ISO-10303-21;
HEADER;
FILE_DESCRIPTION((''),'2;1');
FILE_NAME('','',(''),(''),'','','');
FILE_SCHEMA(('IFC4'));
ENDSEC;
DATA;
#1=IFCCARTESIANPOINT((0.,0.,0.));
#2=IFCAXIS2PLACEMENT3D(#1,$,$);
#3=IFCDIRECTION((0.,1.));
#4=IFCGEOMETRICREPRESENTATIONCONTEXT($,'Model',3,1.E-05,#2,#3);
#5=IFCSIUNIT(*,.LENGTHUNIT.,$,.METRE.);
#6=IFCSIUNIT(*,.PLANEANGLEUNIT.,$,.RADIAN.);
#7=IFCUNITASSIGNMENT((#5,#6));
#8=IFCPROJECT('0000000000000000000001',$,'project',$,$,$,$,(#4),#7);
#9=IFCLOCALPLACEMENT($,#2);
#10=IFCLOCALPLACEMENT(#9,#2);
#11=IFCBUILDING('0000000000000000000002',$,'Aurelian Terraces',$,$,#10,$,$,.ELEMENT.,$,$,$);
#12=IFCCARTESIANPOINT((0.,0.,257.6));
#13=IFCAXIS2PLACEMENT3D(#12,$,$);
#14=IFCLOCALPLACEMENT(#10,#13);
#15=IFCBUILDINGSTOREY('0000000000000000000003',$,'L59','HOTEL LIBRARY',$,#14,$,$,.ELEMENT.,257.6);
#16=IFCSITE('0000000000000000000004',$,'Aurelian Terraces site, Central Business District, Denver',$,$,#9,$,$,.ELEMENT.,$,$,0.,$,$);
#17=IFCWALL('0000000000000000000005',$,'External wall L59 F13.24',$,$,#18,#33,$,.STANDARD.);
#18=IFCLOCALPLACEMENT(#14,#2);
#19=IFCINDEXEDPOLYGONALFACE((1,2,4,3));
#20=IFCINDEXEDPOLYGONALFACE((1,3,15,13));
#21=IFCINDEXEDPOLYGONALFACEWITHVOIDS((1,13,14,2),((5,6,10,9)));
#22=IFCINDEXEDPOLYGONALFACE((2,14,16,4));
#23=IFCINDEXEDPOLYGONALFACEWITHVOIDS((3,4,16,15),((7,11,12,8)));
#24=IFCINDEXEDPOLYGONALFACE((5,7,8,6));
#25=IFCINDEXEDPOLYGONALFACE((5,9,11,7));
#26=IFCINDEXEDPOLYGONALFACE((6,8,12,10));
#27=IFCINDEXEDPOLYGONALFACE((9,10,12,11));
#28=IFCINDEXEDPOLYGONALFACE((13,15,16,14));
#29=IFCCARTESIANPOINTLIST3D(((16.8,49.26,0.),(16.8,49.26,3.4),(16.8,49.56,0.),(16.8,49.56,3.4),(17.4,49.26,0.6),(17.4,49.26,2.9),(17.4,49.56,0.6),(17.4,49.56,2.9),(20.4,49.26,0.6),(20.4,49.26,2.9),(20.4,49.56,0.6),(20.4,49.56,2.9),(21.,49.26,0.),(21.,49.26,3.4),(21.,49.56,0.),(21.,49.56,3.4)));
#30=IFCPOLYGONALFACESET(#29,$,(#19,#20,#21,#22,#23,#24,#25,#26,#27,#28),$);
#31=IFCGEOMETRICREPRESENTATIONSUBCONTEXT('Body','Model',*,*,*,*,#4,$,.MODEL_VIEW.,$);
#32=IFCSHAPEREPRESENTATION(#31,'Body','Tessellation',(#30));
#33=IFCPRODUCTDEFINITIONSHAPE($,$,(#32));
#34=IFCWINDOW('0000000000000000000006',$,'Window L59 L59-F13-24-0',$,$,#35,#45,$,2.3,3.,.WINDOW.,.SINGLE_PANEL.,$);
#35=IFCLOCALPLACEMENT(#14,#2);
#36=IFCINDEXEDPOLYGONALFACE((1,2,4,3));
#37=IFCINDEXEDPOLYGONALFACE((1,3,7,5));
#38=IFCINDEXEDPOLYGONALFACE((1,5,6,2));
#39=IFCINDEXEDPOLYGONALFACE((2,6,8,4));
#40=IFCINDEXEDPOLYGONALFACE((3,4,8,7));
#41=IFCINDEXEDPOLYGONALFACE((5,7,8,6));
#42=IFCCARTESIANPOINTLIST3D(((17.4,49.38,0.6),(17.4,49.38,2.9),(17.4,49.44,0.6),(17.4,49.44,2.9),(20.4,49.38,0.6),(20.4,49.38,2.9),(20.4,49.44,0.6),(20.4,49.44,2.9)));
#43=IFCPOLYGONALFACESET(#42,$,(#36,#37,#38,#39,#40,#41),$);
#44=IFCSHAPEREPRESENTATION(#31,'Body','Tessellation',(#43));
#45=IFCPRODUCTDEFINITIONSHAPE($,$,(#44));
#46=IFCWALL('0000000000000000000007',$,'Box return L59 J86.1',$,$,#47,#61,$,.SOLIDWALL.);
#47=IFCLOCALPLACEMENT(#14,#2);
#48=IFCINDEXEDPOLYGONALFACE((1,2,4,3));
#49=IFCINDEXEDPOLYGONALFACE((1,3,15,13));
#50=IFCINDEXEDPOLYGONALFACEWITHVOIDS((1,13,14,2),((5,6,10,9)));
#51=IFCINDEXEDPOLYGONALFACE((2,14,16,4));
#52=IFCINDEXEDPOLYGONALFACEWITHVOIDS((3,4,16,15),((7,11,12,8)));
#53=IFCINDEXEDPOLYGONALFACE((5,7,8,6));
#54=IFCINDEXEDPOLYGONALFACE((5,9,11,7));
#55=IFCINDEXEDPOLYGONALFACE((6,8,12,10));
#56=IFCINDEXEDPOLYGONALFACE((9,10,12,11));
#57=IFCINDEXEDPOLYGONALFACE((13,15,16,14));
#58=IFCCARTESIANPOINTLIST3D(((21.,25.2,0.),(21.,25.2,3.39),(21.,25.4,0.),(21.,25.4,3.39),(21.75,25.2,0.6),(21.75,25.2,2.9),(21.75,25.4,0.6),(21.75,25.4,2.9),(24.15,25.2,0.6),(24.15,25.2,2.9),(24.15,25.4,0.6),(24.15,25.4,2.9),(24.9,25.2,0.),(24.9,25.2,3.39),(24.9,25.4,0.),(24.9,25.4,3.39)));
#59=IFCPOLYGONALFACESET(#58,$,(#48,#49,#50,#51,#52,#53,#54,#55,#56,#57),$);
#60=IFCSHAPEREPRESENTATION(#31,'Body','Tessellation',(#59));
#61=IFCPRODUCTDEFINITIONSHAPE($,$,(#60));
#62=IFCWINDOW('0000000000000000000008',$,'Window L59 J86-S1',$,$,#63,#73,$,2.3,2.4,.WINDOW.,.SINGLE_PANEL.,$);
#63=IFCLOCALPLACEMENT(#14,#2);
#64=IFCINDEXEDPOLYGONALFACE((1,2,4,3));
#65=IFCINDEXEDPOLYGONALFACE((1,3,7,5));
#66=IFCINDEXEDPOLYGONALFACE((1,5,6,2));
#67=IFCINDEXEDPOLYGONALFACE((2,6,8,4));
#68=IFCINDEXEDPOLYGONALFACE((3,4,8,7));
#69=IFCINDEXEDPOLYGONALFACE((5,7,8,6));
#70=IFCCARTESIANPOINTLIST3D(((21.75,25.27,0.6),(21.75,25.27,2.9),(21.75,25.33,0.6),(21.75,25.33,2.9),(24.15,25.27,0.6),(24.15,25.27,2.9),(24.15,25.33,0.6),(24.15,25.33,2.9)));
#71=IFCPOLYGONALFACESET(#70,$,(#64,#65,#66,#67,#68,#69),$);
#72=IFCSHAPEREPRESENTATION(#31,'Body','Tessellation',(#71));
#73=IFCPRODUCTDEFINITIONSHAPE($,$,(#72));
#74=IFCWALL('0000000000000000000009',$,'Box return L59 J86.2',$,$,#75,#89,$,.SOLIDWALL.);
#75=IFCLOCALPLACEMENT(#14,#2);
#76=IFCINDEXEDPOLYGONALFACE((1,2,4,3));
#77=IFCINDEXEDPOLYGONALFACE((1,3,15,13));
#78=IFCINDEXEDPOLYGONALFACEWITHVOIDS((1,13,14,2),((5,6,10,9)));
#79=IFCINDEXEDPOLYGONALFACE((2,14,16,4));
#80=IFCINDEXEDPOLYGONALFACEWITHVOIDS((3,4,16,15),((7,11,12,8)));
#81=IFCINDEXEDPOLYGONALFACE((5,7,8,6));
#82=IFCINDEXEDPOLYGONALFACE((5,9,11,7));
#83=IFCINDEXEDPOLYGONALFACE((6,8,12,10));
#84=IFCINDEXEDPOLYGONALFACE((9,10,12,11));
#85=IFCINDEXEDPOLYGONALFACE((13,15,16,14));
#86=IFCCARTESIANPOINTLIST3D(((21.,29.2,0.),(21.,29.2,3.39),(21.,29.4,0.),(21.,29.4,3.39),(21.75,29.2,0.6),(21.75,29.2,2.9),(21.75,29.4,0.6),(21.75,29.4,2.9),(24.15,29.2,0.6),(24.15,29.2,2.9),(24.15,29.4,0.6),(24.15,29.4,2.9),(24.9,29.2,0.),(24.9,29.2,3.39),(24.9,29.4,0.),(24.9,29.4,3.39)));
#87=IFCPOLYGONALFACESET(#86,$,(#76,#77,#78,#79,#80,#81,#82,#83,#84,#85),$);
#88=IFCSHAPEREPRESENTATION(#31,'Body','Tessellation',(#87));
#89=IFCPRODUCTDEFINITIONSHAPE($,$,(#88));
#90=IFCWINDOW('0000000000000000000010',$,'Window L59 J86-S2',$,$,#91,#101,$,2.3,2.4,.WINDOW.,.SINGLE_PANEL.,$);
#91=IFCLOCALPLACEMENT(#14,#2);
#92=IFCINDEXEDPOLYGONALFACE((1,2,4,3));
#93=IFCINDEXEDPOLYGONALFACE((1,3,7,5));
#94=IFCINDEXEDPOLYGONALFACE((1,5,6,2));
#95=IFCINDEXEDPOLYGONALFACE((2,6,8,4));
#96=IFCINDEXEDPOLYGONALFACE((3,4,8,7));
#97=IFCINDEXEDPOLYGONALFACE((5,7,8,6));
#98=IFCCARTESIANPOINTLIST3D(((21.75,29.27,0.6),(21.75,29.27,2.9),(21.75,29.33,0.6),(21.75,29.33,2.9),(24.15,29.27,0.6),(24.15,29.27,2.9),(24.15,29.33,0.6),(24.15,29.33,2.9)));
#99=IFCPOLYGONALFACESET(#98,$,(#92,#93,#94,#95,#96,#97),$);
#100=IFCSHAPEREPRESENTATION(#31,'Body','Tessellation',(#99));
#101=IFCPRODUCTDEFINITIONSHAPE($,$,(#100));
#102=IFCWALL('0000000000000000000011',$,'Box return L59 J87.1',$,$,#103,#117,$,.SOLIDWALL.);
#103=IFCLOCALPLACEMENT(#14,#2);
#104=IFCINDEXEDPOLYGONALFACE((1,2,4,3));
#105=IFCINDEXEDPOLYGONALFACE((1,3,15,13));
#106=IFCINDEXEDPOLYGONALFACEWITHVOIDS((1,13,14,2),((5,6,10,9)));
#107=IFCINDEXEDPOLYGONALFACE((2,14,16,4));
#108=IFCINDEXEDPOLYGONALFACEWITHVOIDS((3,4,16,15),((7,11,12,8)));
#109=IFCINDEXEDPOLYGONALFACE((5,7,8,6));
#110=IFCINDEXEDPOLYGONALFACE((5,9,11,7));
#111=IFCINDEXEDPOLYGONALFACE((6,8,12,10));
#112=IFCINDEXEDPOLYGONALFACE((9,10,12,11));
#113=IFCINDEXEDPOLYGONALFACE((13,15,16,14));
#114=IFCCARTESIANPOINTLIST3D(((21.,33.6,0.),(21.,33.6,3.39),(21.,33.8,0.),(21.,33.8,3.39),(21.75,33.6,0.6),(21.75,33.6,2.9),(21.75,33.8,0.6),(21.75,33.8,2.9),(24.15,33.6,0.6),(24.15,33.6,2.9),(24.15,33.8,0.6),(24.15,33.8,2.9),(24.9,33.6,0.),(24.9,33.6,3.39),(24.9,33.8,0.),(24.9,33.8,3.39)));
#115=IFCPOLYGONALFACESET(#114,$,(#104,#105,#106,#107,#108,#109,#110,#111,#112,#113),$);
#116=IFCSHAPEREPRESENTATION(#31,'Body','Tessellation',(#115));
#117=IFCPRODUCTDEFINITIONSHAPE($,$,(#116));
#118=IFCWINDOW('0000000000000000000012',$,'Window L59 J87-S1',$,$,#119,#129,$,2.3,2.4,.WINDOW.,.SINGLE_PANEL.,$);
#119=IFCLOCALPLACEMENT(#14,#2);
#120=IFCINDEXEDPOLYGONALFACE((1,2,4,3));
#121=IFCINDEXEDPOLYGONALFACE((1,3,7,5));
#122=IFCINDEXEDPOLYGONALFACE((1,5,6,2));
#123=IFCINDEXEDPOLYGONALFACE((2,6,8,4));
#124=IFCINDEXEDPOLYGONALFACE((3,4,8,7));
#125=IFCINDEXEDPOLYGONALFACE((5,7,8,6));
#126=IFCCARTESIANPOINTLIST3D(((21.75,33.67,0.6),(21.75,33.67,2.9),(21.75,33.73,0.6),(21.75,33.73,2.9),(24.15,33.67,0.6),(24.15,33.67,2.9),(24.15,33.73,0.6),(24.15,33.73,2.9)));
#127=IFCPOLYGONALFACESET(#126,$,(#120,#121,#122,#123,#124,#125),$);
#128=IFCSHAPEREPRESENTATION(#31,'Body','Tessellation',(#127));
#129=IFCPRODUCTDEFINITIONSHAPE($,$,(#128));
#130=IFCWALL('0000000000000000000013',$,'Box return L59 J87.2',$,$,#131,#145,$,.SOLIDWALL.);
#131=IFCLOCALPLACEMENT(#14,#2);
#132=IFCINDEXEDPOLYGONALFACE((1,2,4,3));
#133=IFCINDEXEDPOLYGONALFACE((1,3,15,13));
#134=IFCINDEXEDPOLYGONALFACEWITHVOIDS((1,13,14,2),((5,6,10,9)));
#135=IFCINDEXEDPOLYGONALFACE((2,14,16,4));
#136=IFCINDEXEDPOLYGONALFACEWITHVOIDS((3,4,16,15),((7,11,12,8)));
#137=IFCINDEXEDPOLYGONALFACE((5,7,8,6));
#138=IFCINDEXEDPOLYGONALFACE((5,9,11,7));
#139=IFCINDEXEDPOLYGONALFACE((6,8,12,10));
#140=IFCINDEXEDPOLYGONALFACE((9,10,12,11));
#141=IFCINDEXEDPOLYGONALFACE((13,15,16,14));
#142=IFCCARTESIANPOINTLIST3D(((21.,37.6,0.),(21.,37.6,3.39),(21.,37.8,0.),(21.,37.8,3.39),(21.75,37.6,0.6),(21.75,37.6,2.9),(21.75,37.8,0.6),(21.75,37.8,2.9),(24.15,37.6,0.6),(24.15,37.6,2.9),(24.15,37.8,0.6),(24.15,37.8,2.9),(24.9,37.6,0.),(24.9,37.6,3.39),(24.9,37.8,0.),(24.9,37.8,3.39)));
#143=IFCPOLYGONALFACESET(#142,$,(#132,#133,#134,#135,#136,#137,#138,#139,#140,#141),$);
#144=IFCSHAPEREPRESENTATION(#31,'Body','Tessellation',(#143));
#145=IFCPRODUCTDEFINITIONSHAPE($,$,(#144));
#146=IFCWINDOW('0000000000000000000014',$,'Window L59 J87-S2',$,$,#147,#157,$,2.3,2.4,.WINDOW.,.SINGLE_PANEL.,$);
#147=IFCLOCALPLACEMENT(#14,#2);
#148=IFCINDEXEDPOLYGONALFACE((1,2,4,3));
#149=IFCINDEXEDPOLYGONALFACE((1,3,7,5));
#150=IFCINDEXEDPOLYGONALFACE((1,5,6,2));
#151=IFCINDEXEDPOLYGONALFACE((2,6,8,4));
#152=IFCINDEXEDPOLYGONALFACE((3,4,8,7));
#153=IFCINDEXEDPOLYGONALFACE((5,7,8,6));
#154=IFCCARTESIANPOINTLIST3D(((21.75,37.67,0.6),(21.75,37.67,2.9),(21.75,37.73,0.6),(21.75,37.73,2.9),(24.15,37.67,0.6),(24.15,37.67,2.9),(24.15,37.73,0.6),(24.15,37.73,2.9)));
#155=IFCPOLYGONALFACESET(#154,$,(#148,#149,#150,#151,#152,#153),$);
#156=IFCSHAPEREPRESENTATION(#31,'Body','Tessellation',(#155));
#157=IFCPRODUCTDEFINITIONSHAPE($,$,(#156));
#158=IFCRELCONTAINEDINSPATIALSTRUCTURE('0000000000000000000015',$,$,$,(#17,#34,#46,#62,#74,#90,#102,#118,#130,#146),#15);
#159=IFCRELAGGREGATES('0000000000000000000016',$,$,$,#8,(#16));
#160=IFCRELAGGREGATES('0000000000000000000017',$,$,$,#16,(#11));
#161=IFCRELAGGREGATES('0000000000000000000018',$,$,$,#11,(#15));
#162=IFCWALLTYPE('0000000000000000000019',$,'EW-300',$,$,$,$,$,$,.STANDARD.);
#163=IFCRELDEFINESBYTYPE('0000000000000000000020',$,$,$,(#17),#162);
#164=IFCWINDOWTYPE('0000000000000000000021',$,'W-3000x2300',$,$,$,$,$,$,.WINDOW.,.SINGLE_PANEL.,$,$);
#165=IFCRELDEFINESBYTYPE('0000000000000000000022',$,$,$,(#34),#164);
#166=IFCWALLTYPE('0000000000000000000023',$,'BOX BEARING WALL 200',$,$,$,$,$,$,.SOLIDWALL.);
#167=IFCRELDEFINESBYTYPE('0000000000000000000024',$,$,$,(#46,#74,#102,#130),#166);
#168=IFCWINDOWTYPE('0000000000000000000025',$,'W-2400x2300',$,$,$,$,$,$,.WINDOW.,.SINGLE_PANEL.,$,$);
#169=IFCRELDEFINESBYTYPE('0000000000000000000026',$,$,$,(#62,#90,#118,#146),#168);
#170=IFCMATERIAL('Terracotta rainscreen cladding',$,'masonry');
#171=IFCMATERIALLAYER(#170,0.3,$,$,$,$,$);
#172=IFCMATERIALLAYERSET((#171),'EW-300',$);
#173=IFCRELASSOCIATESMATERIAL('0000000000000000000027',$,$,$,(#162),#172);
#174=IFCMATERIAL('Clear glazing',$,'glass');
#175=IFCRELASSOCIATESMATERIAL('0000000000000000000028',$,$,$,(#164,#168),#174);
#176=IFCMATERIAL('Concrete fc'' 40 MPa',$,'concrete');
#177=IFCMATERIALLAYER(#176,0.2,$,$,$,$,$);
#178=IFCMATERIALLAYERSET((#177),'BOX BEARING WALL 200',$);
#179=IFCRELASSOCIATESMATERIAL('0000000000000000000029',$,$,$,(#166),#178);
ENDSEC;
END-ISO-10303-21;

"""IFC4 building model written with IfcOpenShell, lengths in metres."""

from ifc_helpers import new_model, si_unit, direction, frame, frame_2d, origin, place, context, subcontext, project, spatial, rectangle, extrude, source, transform, mapped, material, layer, layer_set, type_object, element, fill, save


model = new_model("IFC4")

# Units and contexts
model_context = context("Model", 3, precision=1e-05, world=origin(), true_north=direction((0.0, 1.0)))
body_context = subcontext(model_context, "Body", "Model", "MODEL_VIEW")
ifc_project = project(units=[si_unit("LENGTHUNIT", "METRE"), si_unit("PLANEANGLEUNIT", "RADIAN")], contexts=[model_context])

# Site, building, storey
site_placement = place(None, origin())
site = spatial("IfcSite", under=ifc_project, at=site_placement, Name="Aurelian Terraces site, Central Business District, Denver", CompositionType="ELEMENT", RefElevation=0.0)
building_placement = place(site_placement, origin())
building = spatial("IfcBuilding", under=site, at=building_placement, Name="Aurelian Terraces", CompositionType="ELEMENT")
storey_placement = place(building_placement, frame((0.0, 0.0, 257.6)))
storey = spatial("IfcBuildingStorey", under=building, at=storey_placement, Name="L59", Description="HOTEL LIBRARY", CompositionType="ELEMENT", Elevation=257.6)

# Walls, openings, windows
ifc_material_1 = material(Name="Terracotta rainscreen cladding", Category="masonry")
ifc_layer_1 = layer(ifc_material_1, 0.3)
ifc_layer_set_1 = layer_set([ifc_layer_1], Name="EW-300")
wall_type_1 = type_object("IfcWallType", Name="EW-300", PredefinedType="STANDARD", material=ifc_layer_set_1)
shared_shape_1 = source(origin(), body_context, "Body", "SweptSolid", [
    extrude(rectangle(XDim=4.2, YDim=0.3, at=frame_2d((2.1, 0.0))), origin(), (0.0, 0.0, 1.0), 3.4),
])
wall_1_placement = place(storey_placement, frame((21.0, 49.41, 0.0), z_axis=(0.0, 0.0, 1.0), x_axis=(-1.0, 0.0, 0.0)))
wall_1 = element("IfcWall", 1, at=wall_1_placement, inside=storey, type_object=wall_type_1, Name="External wall L59 F13.24", PredefinedType="STANDARD", context=body_context, shape_type="MappedRepresentation", body=[
    mapped(shared_shape_1, transform((0.0, 0.0, 0.0), scale=1.0)),
])
shared_shape_2 = source(origin(), body_context, "Body", "SweptSolid", [
    extrude(rectangle(XDim=3.0, YDim=2.3, at=frame_2d((1.5, 1.15))), frame((0.0, 0.16, 0.0), z_axis=(0.0, -1.0, 0.0), x_axis=(1.0, 0.0, 0.0)), (0.0, 0.0, 1.0), 0.32),
])
opening_1_placement = place(wall_1_placement, frame((0.6, 0.0, 0.6)))
opening_1 = element("IfcOpeningElement", 2, at=opening_1_placement, cuts=wall_1, PredefinedType="OPENING", context=body_context, shape_type="MappedRepresentation", body=[
    mapped(shared_shape_2, transform((0.0, 0.0, 0.0), scale=1.0)),
])
ifc_material_2 = material(Name="Clear glazing", Category="glass")
window_type_1 = type_object("IfcWindowType", Name="W-3000x2300", PartitioningType="SINGLE_PANEL", PredefinedType="WINDOW", material=ifc_material_2)
shared_shape_3 = source(origin(), body_context, "Body", "SweptSolid", [
    extrude(rectangle(XDim=3.0, YDim=2.3, at=frame_2d((1.5, 1.15))), frame((0.0, 0.03, 0.0), z_axis=(0.0, -1.0, 0.0), x_axis=(1.0, 0.0, 0.0)), (0.0, 0.0, 1.0), 0.06),
])
window_1_placement = place(opening_1_placement, origin())
window_1 = element("IfcWindow", 3, at=window_1_placement, inside=storey, type_object=window_type_1, Name="Window L59 L59-F13-24-0", OverallHeight=2.3, OverallWidth=3.0, PartitioningType="SINGLE_PANEL", PredefinedType="WINDOW", context=body_context, shape_type="MappedRepresentation", body=[
    mapped(shared_shape_3, transform((0.0, 0.0, 0.0), scale=1.0)),
])
fill(opening_1, window_1)
ifc_material_3 = material(Name="Concrete fc' 40 MPa", Category="concrete")
ifc_layer_2 = layer(ifc_material_3, 0.2)
ifc_layer_set_2 = layer_set([ifc_layer_2], Name="BOX BEARING WALL 200")
wall_type_2 = type_object("IfcWallType", Name="BOX BEARING WALL 200", PredefinedType="SOLIDWALL", material=ifc_layer_set_2)
shared_shape_4 = source(origin(), body_context, "Body", "SweptSolid", [
    extrude(rectangle(XDim=3.9, YDim=0.2, at=frame_2d((1.95, 0.0))), origin(), (0.0, 0.0, 1.0), 3.39),
])
wall_2_placement = place(storey_placement, frame((21.0, 25.3, 0.0), z_axis=(0.0, 0.0, 1.0), x_axis=(1.0, 0.0, 0.0)))
wall_2 = element("IfcWall", 4, at=wall_2_placement, inside=storey, type_object=wall_type_2, Name="Box return L59 J86.1", PredefinedType="SOLIDWALL", context=body_context, shape_type="MappedRepresentation", body=[
    mapped(shared_shape_4, transform((0.0, 0.0, 0.0), scale=1.0)),
])
shared_shape_5 = source(origin(), body_context, "Body", "SweptSolid", [
    extrude(rectangle(XDim=2.4, YDim=2.3, at=frame_2d((1.2, 1.15))), frame((0.0, 0.11, 0.0), z_axis=(0.0, -1.0, 0.0), x_axis=(1.0, 0.0, 0.0)), (0.0, 0.0, 1.0), 0.22),
])
opening_2_placement = place(wall_2_placement, frame((0.75, 0.0, 0.6)))
opening_2 = element("IfcOpeningElement", 5, at=opening_2_placement, cuts=wall_2, PredefinedType="OPENING", context=body_context, shape_type="MappedRepresentation", body=[
    mapped(shared_shape_5, transform((0.0, 0.0, 0.0), scale=1.0)),
])
window_type_2 = type_object("IfcWindowType", Name="W-2400x2300", PartitioningType="SINGLE_PANEL", PredefinedType="WINDOW", material=ifc_material_2)
shared_shape_6 = source(origin(), body_context, "Body", "SweptSolid", [
    extrude(rectangle(XDim=2.4, YDim=2.3, at=frame_2d((1.2, 1.15))), frame((0.0, 0.03, 0.0), z_axis=(0.0, -1.0, 0.0), x_axis=(1.0, 0.0, 0.0)), (0.0, 0.0, 1.0), 0.06),
])
window_2_placement = place(opening_2_placement, origin())
window_2 = element("IfcWindow", 6, at=window_2_placement, inside=storey, type_object=window_type_2, Name="Window L59 J86-S1", OverallHeight=2.3, OverallWidth=2.4, PartitioningType="SINGLE_PANEL", PredefinedType="WINDOW", context=body_context, shape_type="MappedRepresentation", body=[
    mapped(shared_shape_6, transform((0.0, 0.0, 0.0), scale=1.0)),
])
fill(opening_2, window_2)
wall_3_placement = place(storey_placement, frame((21.0, 29.3, 0.0), z_axis=(0.0, 0.0, 1.0), x_axis=(1.0, 0.0, 0.0)))
wall_3 = element("IfcWall", 7, at=wall_3_placement, inside=storey, type_object=wall_type_2, Name="Box return L59 J86.2", PredefinedType="SOLIDWALL", context=body_context, shape_type="MappedRepresentation", body=[
    mapped(shared_shape_4, transform((0.0, 0.0, 0.0), scale=1.0)),
])
opening_3_placement = place(wall_3_placement, frame((0.75, 0.0, 0.6)))
opening_3 = element("IfcOpeningElement", 8, at=opening_3_placement, cuts=wall_3, PredefinedType="OPENING", context=body_context, shape_type="MappedRepresentation", body=[
    mapped(shared_shape_5, transform((0.0, 0.0, 0.0), scale=1.0)),
])
window_3_placement = place(opening_3_placement, origin())
window_3 = element("IfcWindow", 9, at=window_3_placement, inside=storey, type_object=window_type_2, Name="Window L59 J86-S2", OverallHeight=2.3, OverallWidth=2.4, PartitioningType="SINGLE_PANEL", PredefinedType="WINDOW", context=body_context, shape_type="MappedRepresentation", body=[
    mapped(shared_shape_6, transform((0.0, 0.0, 0.0), scale=1.0)),
])
fill(opening_3, window_3)
wall_4_placement = place(storey_placement, frame((21.0, 33.7, 0.0), z_axis=(0.0, 0.0, 1.0), x_axis=(1.0, 0.0, 0.0)))
wall_4 = element("IfcWall", 10, at=wall_4_placement, inside=storey, type_object=wall_type_2, Name="Box return L59 J87.1", PredefinedType="SOLIDWALL", context=body_context, shape_type="MappedRepresentation", body=[
    mapped(shared_shape_4, transform((0.0, 0.0, 0.0), scale=1.0)),
])
opening_4_placement = place(wall_4_placement, frame((0.75, 0.0, 0.6)))
opening_4 = element("IfcOpeningElement", 11, at=opening_4_placement, cuts=wall_4, PredefinedType="OPENING", context=body_context, shape_type="MappedRepresentation", body=[
    mapped(shared_shape_5, transform((0.0, 0.0, 0.0), scale=1.0)),
])
window_4_placement = place(opening_4_placement, origin())
window_4 = element("IfcWindow", 12, at=window_4_placement, inside=storey, type_object=window_type_2, Name="Window L59 J87-S1", OverallHeight=2.3, OverallWidth=2.4, PartitioningType="SINGLE_PANEL", PredefinedType="WINDOW", context=body_context, shape_type="MappedRepresentation", body=[
    mapped(shared_shape_6, transform((0.0, 0.0, 0.0), scale=1.0)),
])
fill(opening_4, window_4)
wall_5_placement = place(storey_placement, frame((21.0, 37.7, 0.0), z_axis=(0.0, 0.0, 1.0), x_axis=(1.0, 0.0, 0.0)))
wall_5 = element("IfcWall", 13, at=wall_5_placement, inside=storey, type_object=wall_type_2, Name="Box return L59 J87.2", PredefinedType="SOLIDWALL", context=body_context, shape_type="MappedRepresentation", body=[
    mapped(shared_shape_4, transform((0.0, 0.0, 0.0), scale=1.0)),
])
opening_5_placement = place(wall_5_placement, frame((0.75, 0.0, 0.6)))
opening_5 = element("IfcOpeningElement", 14, at=opening_5_placement, cuts=wall_5, PredefinedType="OPENING", context=body_context, shape_type="MappedRepresentation", body=[
    mapped(shared_shape_5, transform((0.0, 0.0, 0.0), scale=1.0)),
])
window_5_placement = place(opening_5_placement, origin())
window_5 = element("IfcWindow", 15, at=window_5_placement, inside=storey, type_object=window_type_2, Name="Window L59 J87-S2", OverallHeight=2.3, OverallWidth=2.4, PartitioningType="SINGLE_PANEL", PredefinedType="WINDOW", context=body_context, shape_type="MappedRepresentation", body=[
    mapped(shared_shape_6, transform((0.0, 0.0, 0.0), scale=1.0)),
])
fill(opening_5, window_5)

save(model, "model.ifc")
